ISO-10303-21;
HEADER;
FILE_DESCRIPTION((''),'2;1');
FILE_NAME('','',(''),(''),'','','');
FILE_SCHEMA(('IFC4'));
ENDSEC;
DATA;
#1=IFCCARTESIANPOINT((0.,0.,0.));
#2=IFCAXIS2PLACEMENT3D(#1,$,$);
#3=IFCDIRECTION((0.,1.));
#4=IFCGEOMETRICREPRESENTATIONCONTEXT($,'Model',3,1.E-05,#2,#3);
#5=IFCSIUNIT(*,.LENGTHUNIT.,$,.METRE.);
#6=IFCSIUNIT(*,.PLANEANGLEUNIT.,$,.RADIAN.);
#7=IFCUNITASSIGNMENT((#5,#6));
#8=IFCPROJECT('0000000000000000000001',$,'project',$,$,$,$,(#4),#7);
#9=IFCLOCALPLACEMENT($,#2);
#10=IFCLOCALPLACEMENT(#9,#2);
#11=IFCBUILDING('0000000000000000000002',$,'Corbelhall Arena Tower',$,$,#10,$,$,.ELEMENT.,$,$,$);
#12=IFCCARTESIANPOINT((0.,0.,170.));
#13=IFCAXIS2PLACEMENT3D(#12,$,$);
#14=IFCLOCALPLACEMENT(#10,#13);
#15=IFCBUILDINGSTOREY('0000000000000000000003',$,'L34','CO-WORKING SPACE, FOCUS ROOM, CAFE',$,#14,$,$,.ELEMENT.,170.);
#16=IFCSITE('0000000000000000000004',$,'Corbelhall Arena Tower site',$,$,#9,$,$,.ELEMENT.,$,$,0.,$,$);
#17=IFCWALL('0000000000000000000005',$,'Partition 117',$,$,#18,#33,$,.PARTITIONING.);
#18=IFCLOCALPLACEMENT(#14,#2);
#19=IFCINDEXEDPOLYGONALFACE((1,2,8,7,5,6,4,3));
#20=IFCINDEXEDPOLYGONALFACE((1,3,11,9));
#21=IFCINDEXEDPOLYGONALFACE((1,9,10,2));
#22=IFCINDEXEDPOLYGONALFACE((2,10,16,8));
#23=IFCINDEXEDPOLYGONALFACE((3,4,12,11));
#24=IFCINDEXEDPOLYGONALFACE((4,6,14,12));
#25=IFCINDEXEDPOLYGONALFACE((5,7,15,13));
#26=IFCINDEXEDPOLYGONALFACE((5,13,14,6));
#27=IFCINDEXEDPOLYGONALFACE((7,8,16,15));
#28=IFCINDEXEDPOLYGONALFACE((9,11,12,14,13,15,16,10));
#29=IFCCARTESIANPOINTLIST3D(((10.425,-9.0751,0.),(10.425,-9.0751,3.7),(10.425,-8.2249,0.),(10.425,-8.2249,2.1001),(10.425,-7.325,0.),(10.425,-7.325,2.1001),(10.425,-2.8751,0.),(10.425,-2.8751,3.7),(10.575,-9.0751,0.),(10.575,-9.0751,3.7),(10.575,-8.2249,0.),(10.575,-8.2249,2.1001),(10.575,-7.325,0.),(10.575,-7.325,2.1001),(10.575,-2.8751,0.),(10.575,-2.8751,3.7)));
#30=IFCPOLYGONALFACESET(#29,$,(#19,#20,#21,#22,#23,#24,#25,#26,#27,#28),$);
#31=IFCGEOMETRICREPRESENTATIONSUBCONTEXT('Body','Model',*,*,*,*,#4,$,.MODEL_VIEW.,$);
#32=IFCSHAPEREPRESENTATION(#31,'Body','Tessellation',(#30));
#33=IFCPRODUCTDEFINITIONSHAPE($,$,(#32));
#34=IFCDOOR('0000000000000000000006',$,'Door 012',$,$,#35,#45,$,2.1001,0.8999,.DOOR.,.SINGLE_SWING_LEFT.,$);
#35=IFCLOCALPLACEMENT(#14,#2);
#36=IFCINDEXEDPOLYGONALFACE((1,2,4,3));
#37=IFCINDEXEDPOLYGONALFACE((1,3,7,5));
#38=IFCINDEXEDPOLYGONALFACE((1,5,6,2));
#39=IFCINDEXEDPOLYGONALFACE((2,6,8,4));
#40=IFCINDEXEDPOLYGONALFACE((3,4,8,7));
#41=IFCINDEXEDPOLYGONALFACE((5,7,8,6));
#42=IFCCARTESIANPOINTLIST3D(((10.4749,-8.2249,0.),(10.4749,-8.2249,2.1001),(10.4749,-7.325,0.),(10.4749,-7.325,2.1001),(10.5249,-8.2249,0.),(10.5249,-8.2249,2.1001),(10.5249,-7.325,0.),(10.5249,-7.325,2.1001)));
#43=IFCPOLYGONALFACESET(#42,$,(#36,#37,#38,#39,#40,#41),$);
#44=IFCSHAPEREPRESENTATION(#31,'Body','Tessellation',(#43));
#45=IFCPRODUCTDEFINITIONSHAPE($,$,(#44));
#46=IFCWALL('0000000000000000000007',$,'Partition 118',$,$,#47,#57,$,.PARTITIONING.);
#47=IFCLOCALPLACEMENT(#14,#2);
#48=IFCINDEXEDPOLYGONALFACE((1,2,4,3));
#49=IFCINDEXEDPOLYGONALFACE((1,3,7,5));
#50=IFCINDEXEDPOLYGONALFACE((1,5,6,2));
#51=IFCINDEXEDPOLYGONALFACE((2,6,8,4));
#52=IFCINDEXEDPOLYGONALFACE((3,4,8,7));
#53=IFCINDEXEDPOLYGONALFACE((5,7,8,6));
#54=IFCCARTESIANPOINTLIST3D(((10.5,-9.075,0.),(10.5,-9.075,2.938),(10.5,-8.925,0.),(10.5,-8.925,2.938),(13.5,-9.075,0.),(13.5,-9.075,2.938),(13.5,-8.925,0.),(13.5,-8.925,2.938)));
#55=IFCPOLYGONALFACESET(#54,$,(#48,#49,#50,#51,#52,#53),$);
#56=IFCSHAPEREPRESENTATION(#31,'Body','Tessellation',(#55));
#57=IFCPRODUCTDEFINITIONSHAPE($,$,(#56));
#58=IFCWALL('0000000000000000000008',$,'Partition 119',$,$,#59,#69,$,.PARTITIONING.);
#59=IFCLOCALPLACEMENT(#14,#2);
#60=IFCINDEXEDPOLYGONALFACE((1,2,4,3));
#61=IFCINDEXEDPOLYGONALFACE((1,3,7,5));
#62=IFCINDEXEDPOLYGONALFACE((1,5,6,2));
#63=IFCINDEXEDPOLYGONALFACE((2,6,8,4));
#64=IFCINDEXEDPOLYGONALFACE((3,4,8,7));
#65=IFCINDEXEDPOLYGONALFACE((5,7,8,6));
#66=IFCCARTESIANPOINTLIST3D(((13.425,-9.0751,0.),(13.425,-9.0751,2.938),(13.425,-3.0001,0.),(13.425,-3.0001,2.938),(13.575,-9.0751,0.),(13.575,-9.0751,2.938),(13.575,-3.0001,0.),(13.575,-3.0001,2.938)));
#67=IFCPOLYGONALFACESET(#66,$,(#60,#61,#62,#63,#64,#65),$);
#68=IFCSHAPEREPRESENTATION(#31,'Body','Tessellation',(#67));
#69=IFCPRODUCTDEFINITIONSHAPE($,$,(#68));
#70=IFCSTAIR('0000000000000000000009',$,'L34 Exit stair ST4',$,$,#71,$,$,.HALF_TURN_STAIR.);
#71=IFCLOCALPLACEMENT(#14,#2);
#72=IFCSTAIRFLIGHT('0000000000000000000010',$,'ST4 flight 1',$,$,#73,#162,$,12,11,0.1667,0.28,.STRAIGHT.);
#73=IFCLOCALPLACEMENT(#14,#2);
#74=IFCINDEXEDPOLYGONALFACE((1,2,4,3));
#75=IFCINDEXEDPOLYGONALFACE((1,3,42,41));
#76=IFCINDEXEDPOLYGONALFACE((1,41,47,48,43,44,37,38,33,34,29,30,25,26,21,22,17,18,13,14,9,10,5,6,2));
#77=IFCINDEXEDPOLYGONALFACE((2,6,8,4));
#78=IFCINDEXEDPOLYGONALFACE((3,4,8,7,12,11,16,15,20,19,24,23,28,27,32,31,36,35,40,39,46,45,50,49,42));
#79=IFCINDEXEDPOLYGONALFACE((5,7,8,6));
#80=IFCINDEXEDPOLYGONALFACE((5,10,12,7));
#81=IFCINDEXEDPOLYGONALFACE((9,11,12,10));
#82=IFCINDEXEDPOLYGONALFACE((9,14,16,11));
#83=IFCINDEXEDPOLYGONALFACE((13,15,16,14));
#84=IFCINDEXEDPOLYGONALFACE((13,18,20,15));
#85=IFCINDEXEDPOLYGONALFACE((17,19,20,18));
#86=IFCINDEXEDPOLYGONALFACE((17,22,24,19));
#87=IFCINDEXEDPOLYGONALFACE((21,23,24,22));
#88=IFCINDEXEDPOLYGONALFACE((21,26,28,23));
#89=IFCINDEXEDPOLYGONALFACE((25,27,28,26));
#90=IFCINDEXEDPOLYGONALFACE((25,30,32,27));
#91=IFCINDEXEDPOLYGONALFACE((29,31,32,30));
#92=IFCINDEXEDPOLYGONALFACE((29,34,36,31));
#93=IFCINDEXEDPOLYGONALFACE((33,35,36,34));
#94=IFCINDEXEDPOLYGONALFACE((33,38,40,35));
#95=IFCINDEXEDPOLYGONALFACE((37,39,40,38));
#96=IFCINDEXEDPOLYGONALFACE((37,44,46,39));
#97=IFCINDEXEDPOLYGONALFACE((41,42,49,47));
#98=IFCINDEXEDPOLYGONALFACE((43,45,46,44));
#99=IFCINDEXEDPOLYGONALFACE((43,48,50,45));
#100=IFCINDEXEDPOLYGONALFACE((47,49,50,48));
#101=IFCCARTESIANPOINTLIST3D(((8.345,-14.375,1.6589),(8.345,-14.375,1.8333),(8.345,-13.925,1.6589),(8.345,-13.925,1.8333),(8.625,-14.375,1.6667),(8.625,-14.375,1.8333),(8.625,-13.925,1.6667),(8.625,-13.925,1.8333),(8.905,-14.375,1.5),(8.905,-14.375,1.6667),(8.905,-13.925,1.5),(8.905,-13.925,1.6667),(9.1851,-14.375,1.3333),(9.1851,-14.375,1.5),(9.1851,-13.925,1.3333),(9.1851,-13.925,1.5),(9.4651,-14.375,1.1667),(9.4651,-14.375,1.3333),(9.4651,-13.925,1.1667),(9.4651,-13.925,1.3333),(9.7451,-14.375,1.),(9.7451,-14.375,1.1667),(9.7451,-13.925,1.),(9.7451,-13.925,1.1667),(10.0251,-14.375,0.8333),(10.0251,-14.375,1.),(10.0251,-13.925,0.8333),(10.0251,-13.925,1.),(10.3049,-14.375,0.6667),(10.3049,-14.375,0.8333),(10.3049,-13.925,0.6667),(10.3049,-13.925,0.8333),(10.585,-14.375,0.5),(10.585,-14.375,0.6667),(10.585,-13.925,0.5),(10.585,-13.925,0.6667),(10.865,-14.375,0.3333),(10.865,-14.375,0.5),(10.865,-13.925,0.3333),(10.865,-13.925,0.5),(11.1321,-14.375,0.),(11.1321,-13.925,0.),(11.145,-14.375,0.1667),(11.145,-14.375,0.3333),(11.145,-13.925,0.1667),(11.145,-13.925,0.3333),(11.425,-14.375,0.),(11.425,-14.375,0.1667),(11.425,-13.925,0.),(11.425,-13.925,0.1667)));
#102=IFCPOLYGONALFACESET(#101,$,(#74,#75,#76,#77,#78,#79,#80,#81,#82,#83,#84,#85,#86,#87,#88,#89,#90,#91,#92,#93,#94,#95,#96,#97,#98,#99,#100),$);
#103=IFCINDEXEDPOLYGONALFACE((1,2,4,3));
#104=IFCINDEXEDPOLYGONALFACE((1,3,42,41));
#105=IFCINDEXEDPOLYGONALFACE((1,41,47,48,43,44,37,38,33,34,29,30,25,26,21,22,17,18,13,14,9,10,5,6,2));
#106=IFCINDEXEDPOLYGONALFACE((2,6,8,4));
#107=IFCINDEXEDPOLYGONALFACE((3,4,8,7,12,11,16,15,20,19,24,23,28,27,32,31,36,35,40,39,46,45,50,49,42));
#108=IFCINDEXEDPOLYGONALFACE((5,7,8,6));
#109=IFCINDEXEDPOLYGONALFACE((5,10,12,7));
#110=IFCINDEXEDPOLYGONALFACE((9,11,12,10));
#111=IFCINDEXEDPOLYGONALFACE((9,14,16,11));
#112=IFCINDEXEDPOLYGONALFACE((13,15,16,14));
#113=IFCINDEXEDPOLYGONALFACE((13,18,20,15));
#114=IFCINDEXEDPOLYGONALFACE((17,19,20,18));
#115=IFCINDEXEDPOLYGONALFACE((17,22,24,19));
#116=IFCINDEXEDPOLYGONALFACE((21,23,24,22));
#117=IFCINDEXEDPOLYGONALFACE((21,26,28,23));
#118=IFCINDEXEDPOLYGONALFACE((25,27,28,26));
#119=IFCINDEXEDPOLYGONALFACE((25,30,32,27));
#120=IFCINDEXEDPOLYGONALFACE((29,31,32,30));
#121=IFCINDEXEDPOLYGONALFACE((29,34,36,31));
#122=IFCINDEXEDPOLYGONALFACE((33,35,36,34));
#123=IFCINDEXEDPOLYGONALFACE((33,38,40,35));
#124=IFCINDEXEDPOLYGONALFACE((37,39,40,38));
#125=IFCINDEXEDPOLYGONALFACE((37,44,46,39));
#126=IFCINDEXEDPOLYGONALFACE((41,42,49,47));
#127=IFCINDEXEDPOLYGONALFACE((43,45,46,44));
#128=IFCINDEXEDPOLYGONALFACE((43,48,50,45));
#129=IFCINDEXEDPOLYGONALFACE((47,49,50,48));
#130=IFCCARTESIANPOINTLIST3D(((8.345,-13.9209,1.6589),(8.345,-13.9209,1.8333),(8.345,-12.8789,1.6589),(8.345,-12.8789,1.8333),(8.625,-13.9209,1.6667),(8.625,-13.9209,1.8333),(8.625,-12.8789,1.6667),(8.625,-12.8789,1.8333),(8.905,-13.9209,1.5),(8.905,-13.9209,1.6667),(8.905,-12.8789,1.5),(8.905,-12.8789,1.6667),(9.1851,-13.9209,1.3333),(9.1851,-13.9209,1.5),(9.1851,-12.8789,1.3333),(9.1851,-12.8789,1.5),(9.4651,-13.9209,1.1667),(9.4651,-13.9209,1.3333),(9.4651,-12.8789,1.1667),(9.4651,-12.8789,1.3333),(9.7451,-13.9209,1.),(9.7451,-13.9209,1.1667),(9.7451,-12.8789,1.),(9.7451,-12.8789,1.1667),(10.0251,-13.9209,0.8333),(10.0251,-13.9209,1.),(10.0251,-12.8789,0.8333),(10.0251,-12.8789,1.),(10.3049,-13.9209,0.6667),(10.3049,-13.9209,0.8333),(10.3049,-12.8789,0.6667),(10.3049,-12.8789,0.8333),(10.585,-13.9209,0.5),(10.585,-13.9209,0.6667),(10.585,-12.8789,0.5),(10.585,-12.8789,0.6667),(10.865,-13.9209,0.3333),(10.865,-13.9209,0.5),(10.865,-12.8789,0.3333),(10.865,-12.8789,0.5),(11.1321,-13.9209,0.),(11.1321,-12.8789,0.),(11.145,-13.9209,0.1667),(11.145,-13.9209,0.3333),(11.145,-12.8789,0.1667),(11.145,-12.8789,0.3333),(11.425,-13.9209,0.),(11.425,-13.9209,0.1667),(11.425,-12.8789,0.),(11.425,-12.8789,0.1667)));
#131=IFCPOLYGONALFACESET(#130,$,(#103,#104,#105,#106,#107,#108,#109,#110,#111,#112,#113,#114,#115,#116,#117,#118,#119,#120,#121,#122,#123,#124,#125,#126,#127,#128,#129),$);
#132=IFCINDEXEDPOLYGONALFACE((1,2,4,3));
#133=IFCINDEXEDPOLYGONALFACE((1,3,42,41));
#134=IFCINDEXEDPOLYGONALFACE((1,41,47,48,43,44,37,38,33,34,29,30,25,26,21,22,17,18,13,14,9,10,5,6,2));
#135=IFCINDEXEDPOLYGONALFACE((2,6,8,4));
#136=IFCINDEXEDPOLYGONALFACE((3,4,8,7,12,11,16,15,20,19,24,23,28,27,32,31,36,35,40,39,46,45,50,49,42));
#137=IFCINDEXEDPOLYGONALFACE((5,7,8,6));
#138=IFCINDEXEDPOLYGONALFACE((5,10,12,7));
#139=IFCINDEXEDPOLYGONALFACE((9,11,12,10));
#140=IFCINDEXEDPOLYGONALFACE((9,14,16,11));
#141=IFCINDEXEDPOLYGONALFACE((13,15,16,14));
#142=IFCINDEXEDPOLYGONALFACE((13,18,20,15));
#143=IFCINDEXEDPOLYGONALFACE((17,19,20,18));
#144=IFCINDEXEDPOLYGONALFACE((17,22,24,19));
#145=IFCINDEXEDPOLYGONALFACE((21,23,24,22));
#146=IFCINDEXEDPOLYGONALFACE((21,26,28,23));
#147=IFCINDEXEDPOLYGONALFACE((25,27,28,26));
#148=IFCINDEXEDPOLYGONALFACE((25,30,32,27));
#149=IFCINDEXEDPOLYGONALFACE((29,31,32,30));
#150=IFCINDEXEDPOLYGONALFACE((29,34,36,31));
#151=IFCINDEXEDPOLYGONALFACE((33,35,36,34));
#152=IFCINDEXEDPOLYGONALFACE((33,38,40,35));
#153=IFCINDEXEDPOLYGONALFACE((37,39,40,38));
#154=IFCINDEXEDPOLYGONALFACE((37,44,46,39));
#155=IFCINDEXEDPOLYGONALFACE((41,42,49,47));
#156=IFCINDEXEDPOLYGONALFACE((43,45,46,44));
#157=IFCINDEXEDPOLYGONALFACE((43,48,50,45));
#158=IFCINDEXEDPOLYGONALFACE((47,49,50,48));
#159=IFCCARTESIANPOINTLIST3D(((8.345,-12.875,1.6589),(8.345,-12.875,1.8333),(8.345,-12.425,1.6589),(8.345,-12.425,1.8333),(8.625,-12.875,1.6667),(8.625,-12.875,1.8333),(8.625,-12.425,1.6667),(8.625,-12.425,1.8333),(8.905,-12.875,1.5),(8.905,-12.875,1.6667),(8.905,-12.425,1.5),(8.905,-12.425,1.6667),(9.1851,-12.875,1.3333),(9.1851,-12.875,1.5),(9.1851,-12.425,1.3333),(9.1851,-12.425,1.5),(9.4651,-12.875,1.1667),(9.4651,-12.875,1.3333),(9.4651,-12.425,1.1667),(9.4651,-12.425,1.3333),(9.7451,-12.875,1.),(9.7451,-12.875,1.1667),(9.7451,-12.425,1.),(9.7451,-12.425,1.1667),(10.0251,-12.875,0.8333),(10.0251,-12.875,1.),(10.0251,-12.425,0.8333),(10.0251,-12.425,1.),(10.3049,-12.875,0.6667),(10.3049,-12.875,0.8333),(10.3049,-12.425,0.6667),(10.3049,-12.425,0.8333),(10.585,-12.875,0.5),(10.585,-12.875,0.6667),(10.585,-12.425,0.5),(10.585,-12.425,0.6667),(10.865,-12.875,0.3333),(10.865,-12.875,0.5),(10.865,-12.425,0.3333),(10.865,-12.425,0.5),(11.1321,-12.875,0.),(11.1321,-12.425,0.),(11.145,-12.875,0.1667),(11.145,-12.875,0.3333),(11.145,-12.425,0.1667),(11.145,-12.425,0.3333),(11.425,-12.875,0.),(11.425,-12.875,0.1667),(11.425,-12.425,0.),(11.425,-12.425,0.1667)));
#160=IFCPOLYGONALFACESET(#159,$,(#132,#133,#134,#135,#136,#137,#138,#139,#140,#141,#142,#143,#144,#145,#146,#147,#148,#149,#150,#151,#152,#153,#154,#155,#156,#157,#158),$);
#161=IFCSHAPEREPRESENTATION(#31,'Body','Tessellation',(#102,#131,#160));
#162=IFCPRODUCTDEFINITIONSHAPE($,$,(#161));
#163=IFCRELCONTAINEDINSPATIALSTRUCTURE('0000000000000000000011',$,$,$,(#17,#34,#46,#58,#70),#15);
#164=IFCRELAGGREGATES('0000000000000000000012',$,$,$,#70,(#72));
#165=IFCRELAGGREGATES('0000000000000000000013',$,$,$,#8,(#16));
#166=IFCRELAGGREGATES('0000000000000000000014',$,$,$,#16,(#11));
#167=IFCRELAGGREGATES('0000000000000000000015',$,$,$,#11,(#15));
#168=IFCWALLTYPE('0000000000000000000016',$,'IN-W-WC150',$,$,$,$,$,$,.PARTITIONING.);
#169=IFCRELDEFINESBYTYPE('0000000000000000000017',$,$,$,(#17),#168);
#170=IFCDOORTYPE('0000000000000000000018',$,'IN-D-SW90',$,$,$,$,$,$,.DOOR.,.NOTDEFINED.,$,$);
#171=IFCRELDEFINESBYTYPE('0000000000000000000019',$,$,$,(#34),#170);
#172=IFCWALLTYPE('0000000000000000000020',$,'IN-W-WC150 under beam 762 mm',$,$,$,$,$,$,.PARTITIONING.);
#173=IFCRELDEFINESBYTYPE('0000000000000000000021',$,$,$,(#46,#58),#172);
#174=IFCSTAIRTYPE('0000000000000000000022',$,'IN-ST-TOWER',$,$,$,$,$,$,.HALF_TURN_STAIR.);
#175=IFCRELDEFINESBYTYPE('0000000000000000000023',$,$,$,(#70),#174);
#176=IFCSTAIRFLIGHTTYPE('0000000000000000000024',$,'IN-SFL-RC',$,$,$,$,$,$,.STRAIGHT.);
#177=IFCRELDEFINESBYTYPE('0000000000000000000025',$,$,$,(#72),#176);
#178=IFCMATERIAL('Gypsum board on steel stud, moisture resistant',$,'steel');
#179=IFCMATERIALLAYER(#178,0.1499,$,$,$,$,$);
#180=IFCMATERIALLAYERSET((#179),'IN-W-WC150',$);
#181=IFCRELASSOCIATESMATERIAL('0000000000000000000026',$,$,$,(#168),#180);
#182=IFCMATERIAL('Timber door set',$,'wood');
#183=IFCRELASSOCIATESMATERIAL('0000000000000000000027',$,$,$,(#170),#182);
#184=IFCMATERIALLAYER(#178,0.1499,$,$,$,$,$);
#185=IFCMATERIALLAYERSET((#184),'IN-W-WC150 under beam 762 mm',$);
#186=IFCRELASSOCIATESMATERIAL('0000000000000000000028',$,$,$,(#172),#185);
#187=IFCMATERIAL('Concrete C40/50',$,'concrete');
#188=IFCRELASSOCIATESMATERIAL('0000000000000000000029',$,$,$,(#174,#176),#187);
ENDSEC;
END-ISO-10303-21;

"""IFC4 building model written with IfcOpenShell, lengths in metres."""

from ifc_helpers import new_model, si_unit, direction, frame, frame_2d, origin, place, context, subcontext, project, spatial, polyline, rectangle, outline, extrude, material, layer, layer_set, type_object, element, fill, aggregate, save


model = new_model("IFC4")

# Units and contexts
model_context = context("Model", 3, precision=1e-05, world=origin(), true_north=direction((0.0, 1.0)))
body_context = subcontext(model_context, "Body", "Model", "MODEL_VIEW")
ifc_project = project(units=[si_unit("LENGTHUNIT", "METRE"), si_unit("PLANEANGLEUNIT", "RADIAN")], contexts=[model_context])

# Site, building, storey
site_placement = place(None, origin())
site = spatial("IfcSite", under=ifc_project, at=site_placement, Name="Corbelhall Arena Tower site", CompositionType="ELEMENT", RefElevation=0.0)
building_placement = place(site_placement, origin())
building = spatial("IfcBuilding", under=site, at=building_placement, Name="Corbelhall Arena Tower", CompositionType="ELEMENT")
storey_placement = place(building_placement, frame((0.0, 0.0, 170.0)))
storey = spatial("IfcBuildingStorey", under=building, at=storey_placement, Name="L34", Description="CO-WORKING SPACE, FOCUS ROOM, CAFE", CompositionType="ELEMENT", Elevation=170.0)

# Wall, opening, door
ifc_material_1 = material(Name="Concrete C40/50", Category="concrete")
ifc_material_2 = material(Name="Gypsum board on steel stud, moisture resistant", Category="steel")
ifc_layer_1 = layer(ifc_material_2, 0.1499)
ifc_layer_set_1 = layer_set([ifc_layer_1], Name="IN-W-WC150")
wall_type_1 = type_object("IfcWallType", Name="IN-W-WC150", PredefinedType="PARTITIONING", material=ifc_layer_set_1)
wall_1_placement = place(storey_placement, frame((10.5, -2.875, 0.0), z_axis=(0.0, 0.0, 1.0), x_axis=(0.0, -1.0, 0.0)))
wall_1 = element("IfcWall", 1, at=wall_1_placement, inside=storey, type_object=wall_type_1, Name="Partition 117", PredefinedType="PARTITIONING", context=body_context, shape_type="SweptSolid", body=[
    extrude(rectangle(XDim=6.2, YDim=0.1499, at=frame_2d((3.1001, 0.0))), origin(), (0.0, 0.0, 1.0), 3.7),
])
opening_1_placement = place(wall_1_placement, frame((4.45, 0.0, 0.0)))
opening_1 = element("IfcOpeningElement", 2, at=opening_1_placement, cuts=wall_1, PredefinedType="OPENING", context=body_context, shape_type="SweptSolid", body=[
    extrude(rectangle(XDim=0.8999, YDim=2.1001, at=frame_2d((0.45, 1.05))), frame((0.0, 0.075, 0.0), z_axis=(0.0, -1.0, 0.0), x_axis=(1.0, 0.0, 0.0)), (0.0, 0.0, 1.0), 0.1499),
])
ifc_material_3 = material(Name="Timber door set", Category="wood")
door_type_1 = type_object("IfcDoorType", Name="IN-D-SW90", OperationType="NOTDEFINED", PredefinedType="DOOR", material=ifc_material_3)
door_1_placement = place(opening_1_placement, origin())
door_1 = element("IfcDoor", 3, at=door_1_placement, inside=storey, type_object=door_type_1, Name="Door 012", OperationType="SINGLE_SWING_LEFT", OverallHeight=2.1001, OverallWidth=0.8999, PredefinedType="DOOR", context=body_context, shape_type="SweptSolid", body=[
    extrude(rectangle(XDim=0.8999, YDim=2.1001, at=frame_2d((0.45, 1.05))), frame((0.0, 0.0249, 0.0), z_axis=(0.0, -1.0, 0.0), x_axis=(1.0, 0.0, 0.0)), (0.0, 0.0, 1.0), 0.05),
])
fill(opening_1, door_1)

# Walls
ifc_layer_2 = layer(ifc_material_2, 0.1499)
ifc_layer_set_2 = layer_set([ifc_layer_2], Name="IN-W-WC150 under beam 762 mm")
wall_type_2 = type_object("IfcWallType", Name="IN-W-WC150 under beam 762 mm", PredefinedType="PARTITIONING", material=ifc_layer_set_2)
wall_2_placement = place(storey_placement, frame((13.5, -9.0, 0.0), z_axis=(0.0, 0.0, 1.0), x_axis=(-1.0, 0.0, 0.0)))
element("IfcWall", 4, at=wall_2_placement, inside=storey, type_object=wall_type_2, Name="Partition 118", PredefinedType="PARTITIONING", context=body_context, shape_type="SweptSolid", body=[
    extrude(rectangle(XDim=3.0, YDim=0.1499, at=frame_2d((1.5, 0.0))), origin(), (0.0, 0.0, 1.0), 2.938),
])
wall_3_placement = place(storey_placement, frame((13.5, -3.0, 0.0), z_axis=(0.0, 0.0, 1.0), x_axis=(0.0, -1.0, 0.0)))
element("IfcWall", 5, at=wall_3_placement, inside=storey, type_object=wall_type_2, Name="Partition 119", PredefinedType="PARTITIONING", context=body_context, shape_type="SweptSolid", body=[
    extrude(rectangle(XDim=6.075, YDim=0.1499, at=frame_2d((3.0376, 0.0))), origin(), (0.0, 0.0, 1.0), 2.938),
])

# Stair, stair flight
stair_type = type_object("IfcStairType", Name="IN-ST-TOWER", PredefinedType="HALF_TURN_STAIR", material=ifc_material_1)
stair_placement = place(storey_placement, origin())
stair = element("IfcStair", 6, at=stair_placement, inside=storey, type_object=stair_type, Name="L34 Exit stair ST4", PredefinedType="HALF_TURN_STAIR")
stair_flight_type = type_object("IfcStairFlightType", Name="IN-SFL-RC", PredefinedType="STRAIGHT", material=ifc_material_1)
stair_flight_placement = place(storey_placement, frame((11.425, -13.3999, 0.0), z_axis=(0.0, 0.0, 1.0), x_axis=(-1.0, 0.0, 0.0)))
stair_flight = element("IfcStairFlight", 7, at=stair_flight_placement, type_object=stair_flight_type, Name="ST4 flight 1", NumberOfRisers=12, NumberOfTreads=11, PredefinedType="STRAIGHT", RiserHeight=0.1667, TreadLength=0.28, context=body_context, shape_type="SweptSolid", body=[
    extrude(outline(polyline([(0.0, 0.0), (0.0, 0.1667), (0.28, 0.1667), (0.28, 0.3333), (0.5601, 0.3333), (0.5601, 0.5), (0.8401, 0.5), (0.8401, 0.6667), (1.1201, 0.6667), (1.1201, 0.8333), (1.3999, 0.8333), (1.3999, 1.0), (1.6799, 1.0), (1.6799, 1.1667), (1.96, 1.1667), (1.96, 1.3333), (2.24, 1.3333), (2.24, 1.5), (2.52, 1.5), (2.52, 1.6667), (2.8, 1.6667), (2.8, 1.8333), (3.0801, 1.8333), (3.0801, 2.0), (3.0801, 1.6589), (0.293, 0.0), (0.0, 0.0)])), frame((0.0, 0.9751, 0.0), z_axis=(0.0, -1.0, 0.0), x_axis=(1.0, 0.0, 0.0)), (0.0, 0.0, 1.0), 0.45),
    extrude(outline(polyline([(0.0, 0.0), (0.0, 0.1667), (0.28, 0.1667), (0.28, 0.3333), (0.5601, 0.3333), (0.5601, 0.5), (0.8401, 0.5), (0.8401, 0.6667), (1.1201, 0.6667), (1.1201, 0.8333), (1.3999, 0.8333), (1.3999, 1.0), (1.6799, 1.0), (1.6799, 1.1667), (1.96, 1.1667), (1.96, 1.3333), (2.24, 1.3333), (2.24, 1.5), (2.52, 1.5), (2.52, 1.6667), (2.8, 1.6667), (2.8, 1.8333), (3.0801, 1.8333), (3.0801, 2.0), (3.0801, 1.6589), (0.293, 0.0), (0.0, 0.0)])), frame((0.0, 0.521, 0.0), z_axis=(0.0, -1.0, 0.0), x_axis=(1.0, 0.0, 0.0)), (0.0, 0.0, 1.0), 1.042),
    extrude(outline(polyline([(0.0, 0.0), (0.0, 0.1667), (0.28, 0.1667), (0.28, 0.3333), (0.5601, 0.3333), (0.5601, 0.5), (0.8401, 0.5), (0.8401, 0.6667), (1.1201, 0.6667), (1.1201, 0.8333), (1.3999, 0.8333), (1.3999, 1.0), (1.6799, 1.0), (1.6799, 1.1667), (1.96, 1.1667), (1.96, 1.3333), (2.24, 1.3333), (2.24, 1.5), (2.52, 1.5), (2.52, 1.6667), (2.8, 1.6667), (2.8, 1.8333), (3.0801, 1.8333), (3.0801, 2.0), (3.0801, 1.6589), (0.293, 0.0), (0.0, 0.0)])), frame((0.0, -0.5249, 0.0), z_axis=(0.0, -1.0, 0.0), x_axis=(1.0, 0.0, 0.0)), (0.0, 0.0, 1.0), 0.45),
])
aggregate(stair, [stair_flight])

save(model, "model.ifc")
